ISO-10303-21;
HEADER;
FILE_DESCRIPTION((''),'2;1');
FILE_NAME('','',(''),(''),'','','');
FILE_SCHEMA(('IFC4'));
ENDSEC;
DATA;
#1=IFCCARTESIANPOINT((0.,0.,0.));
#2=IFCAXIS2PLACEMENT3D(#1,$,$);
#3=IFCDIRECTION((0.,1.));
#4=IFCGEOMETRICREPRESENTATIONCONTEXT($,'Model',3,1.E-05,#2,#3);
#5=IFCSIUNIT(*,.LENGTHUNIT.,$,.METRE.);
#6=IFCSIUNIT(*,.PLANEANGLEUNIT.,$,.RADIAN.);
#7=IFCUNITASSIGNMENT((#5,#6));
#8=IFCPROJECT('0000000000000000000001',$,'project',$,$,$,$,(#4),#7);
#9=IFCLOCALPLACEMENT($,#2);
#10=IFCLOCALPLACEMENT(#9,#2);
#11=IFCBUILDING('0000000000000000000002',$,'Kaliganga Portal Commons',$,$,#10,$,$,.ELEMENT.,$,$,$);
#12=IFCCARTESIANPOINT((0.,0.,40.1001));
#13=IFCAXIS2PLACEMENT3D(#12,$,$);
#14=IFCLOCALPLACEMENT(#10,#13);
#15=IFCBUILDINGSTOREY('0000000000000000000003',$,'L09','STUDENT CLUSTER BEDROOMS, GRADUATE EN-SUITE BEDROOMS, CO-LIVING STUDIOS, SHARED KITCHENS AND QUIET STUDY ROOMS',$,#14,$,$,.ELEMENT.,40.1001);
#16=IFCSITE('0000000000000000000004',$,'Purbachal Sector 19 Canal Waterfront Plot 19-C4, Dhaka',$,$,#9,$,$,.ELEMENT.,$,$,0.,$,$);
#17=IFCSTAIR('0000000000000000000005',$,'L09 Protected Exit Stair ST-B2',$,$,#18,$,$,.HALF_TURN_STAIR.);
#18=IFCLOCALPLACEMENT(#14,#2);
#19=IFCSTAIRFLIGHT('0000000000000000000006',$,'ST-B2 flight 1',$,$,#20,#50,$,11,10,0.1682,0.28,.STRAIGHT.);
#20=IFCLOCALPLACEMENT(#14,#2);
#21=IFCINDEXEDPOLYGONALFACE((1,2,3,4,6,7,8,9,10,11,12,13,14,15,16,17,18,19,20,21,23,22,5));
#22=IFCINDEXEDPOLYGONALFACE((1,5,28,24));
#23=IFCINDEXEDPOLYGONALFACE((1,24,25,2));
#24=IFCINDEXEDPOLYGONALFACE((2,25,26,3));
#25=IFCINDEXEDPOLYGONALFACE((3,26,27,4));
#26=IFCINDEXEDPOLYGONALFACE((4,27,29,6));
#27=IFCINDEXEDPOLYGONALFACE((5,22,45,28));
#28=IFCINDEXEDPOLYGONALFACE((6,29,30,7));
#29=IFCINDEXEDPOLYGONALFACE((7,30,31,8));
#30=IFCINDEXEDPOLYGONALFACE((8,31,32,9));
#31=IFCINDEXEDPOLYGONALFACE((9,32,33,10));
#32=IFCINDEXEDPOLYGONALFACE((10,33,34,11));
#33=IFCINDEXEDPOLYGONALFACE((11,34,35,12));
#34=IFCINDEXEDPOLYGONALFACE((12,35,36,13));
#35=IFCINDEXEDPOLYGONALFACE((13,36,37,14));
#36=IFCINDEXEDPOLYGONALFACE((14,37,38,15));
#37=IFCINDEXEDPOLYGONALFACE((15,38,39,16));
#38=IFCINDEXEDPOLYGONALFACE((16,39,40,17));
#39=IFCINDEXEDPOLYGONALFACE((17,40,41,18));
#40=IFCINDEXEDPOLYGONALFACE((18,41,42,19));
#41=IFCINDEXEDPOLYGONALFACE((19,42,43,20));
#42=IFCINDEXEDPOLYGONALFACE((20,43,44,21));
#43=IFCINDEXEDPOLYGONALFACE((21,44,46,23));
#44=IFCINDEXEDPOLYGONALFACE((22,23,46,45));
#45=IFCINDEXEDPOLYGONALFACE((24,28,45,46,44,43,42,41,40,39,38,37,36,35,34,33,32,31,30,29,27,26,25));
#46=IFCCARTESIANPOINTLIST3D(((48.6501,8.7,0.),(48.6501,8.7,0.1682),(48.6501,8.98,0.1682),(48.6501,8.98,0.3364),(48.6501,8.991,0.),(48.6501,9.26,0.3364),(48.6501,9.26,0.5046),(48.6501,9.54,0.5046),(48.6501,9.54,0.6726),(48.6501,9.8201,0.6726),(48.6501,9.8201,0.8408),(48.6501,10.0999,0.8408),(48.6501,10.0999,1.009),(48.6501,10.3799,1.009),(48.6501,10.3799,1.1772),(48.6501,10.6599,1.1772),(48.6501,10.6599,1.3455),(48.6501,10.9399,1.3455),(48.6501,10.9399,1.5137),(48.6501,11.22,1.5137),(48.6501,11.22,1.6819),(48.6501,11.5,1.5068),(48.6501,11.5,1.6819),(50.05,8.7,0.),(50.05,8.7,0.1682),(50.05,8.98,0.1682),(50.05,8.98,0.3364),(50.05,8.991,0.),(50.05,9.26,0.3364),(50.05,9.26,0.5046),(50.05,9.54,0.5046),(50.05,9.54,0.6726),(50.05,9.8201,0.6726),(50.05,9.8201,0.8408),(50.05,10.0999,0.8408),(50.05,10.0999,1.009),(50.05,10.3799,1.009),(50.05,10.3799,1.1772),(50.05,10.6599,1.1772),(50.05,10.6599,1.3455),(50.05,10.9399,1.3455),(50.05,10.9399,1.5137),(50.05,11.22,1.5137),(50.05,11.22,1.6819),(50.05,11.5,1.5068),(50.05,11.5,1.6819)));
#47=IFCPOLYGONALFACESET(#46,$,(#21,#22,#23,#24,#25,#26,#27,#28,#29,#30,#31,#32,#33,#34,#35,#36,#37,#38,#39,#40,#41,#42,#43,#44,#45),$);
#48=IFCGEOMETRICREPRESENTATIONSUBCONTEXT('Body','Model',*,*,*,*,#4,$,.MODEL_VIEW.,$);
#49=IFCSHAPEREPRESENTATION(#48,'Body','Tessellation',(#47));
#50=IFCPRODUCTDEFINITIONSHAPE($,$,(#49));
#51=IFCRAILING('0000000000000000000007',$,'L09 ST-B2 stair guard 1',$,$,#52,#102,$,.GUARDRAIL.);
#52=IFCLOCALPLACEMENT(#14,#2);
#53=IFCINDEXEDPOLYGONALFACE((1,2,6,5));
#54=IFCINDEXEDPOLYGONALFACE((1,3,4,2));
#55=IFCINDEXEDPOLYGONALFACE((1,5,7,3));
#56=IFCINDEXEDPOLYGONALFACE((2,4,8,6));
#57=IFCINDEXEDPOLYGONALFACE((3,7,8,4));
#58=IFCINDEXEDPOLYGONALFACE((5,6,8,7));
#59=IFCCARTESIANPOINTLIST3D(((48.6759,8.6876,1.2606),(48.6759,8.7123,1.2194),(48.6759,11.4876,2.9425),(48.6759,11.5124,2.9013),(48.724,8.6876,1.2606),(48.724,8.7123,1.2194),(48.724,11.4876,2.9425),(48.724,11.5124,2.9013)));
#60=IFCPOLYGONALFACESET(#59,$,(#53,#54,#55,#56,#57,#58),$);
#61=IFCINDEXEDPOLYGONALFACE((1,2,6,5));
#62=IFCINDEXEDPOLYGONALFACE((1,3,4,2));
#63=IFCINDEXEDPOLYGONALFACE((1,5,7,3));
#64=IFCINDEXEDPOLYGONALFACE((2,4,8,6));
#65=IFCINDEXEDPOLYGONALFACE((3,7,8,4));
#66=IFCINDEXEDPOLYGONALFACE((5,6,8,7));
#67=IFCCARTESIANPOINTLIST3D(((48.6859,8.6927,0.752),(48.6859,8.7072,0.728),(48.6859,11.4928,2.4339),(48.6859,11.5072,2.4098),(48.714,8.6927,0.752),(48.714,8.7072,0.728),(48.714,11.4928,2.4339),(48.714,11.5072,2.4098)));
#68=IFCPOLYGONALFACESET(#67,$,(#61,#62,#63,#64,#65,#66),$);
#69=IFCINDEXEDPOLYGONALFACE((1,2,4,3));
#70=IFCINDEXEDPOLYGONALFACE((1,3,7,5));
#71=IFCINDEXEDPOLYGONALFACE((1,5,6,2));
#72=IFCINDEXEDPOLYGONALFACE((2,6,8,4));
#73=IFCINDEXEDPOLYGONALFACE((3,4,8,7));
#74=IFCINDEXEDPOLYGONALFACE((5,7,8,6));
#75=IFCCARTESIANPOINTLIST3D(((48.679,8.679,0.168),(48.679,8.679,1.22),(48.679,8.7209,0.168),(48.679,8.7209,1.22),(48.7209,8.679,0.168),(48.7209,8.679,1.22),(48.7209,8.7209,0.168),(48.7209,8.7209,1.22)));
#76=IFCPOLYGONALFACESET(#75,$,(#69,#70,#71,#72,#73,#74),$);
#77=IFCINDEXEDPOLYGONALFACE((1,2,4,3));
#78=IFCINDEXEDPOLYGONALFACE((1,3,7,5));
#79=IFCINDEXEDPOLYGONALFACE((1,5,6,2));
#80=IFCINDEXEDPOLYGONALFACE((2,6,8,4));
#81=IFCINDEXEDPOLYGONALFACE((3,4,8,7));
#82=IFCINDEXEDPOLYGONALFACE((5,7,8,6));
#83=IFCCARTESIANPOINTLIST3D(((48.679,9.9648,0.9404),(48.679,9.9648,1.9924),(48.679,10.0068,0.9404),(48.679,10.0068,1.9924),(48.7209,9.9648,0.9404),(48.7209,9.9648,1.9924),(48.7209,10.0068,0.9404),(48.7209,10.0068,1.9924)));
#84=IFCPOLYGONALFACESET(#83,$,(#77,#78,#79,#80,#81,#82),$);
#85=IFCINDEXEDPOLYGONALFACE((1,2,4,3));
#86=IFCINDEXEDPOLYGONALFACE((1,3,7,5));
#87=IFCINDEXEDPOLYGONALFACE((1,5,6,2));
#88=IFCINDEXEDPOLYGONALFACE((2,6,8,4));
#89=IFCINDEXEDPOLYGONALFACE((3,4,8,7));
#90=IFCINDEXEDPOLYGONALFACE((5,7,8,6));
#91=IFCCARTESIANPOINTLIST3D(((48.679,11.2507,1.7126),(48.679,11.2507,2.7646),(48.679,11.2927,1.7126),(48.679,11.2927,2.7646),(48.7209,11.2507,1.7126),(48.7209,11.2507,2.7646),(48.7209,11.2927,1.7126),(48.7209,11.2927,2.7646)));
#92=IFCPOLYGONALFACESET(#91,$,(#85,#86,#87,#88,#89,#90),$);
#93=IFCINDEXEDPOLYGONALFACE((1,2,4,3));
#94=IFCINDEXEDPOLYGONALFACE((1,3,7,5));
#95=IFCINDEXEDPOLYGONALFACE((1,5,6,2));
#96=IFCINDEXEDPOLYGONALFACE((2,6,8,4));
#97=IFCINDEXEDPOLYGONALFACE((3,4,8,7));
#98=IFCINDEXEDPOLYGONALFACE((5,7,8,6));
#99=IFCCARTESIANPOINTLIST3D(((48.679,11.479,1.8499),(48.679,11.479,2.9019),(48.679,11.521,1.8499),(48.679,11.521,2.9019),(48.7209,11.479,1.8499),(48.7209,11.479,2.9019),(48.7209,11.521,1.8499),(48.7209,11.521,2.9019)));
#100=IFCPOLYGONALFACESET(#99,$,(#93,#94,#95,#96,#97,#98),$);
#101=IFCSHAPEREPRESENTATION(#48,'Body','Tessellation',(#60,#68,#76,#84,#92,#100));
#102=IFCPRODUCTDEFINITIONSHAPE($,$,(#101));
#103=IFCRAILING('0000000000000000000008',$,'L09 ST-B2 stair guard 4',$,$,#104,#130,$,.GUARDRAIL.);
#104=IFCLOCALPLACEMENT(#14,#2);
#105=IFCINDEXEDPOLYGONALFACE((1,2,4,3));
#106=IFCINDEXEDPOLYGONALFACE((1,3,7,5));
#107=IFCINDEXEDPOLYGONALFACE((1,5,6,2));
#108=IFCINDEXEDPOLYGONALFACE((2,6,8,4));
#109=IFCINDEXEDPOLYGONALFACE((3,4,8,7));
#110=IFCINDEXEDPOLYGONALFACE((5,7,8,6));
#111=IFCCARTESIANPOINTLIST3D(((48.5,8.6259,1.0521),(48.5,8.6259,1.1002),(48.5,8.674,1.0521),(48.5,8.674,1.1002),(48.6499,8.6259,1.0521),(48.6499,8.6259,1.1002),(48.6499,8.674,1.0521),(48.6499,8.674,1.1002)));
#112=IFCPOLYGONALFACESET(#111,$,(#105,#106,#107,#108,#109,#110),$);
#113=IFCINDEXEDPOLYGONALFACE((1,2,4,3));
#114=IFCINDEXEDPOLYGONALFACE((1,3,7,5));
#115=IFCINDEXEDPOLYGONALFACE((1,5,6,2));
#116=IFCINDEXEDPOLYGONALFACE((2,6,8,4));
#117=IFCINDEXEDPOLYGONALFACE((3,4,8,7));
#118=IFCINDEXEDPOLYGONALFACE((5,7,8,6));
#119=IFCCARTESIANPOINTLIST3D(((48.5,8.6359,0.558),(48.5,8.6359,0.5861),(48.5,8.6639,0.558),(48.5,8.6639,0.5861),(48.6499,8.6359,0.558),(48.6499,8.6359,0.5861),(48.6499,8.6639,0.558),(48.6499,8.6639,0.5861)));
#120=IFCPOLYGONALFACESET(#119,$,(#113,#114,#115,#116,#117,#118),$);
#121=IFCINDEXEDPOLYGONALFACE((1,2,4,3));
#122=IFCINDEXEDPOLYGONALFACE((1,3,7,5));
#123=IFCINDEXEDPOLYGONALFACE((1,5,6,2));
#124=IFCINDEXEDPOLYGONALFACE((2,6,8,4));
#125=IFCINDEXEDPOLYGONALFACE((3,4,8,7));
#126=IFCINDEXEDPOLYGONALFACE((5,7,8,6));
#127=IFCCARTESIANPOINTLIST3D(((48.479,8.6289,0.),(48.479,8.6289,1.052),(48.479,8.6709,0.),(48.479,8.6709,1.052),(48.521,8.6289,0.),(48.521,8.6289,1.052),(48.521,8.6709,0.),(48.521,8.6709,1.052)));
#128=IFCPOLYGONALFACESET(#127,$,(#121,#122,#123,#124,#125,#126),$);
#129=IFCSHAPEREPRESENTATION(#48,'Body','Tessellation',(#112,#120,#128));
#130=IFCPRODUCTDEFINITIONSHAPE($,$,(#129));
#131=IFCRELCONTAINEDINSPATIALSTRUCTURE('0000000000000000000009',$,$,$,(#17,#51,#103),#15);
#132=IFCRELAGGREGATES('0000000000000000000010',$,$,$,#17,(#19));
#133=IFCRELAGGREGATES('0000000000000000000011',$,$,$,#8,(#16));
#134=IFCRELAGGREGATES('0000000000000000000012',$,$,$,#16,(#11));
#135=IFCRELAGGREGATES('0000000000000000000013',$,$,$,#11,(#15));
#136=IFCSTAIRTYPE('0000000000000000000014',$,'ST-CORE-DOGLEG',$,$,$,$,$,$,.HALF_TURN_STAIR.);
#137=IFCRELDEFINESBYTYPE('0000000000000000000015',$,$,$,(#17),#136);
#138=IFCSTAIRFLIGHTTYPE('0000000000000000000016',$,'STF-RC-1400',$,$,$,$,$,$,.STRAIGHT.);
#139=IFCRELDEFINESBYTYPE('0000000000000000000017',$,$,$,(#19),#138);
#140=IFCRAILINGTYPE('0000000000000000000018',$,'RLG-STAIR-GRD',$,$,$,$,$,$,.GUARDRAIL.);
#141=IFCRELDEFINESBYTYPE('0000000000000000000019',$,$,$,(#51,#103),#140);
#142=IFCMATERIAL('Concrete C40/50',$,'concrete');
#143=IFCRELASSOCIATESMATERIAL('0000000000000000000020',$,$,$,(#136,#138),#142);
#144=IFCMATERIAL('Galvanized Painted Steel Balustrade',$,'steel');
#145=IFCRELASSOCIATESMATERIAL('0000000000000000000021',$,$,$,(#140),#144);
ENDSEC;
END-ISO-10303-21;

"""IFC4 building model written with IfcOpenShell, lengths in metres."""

from ifc_helpers import new_model, si_unit, direction, frame, origin, origin_2d, place, context, subcontext, project, spatial, polyline, rectangle, outline, extrude, material, type_object, element, aggregate, save


model = new_model("IFC4")

# Units and contexts
model_context = context("Model", 3, precision=1e-05, world=origin(), true_north=direction((0.0, 1.0)))
body_context = subcontext(model_context, "Body", "Model", "MODEL_VIEW")
ifc_project = project(units=[si_unit("LENGTHUNIT", "METRE"), si_unit("PLANEANGLEUNIT", "RADIAN")], contexts=[model_context])

# Site, building, storey
site_placement = place(None, origin())
site = spatial("IfcSite", under=ifc_project, at=site_placement, Name="Purbachal Sector 19 Canal Waterfront Plot 19-C4, Dhaka", CompositionType="ELEMENT", RefElevation=0.0)
building_placement = place(site_placement, origin())
building = spatial("IfcBuilding", under=site, at=building_placement, Name="Kaliganga Portal Commons", CompositionType="ELEMENT")
storey_placement = place(building_placement, frame((0.0, 0.0, 40.1001)))
storey = spatial("IfcBuildingStorey", under=building, at=storey_placement, Name="L09", Description="STUDENT CLUSTER BEDROOMS, GRADUATE EN-SUITE BEDROOMS, CO-LIVING STUDIOS, SHARED KITCHENS AND QUIET STUDY ROOMS", CompositionType="ELEMENT", Elevation=40.1001)

# Stair, stair flight
ifc_material_1 = material(Name="Concrete C40/50", Category="concrete")
stair_type = type_object("IfcStairType", Name="ST-CORE-DOGLEG", PredefinedType="HALF_TURN_STAIR", material=ifc_material_1)
stair_placement = place(storey_placement, origin())
stair = element("IfcStair", 1, at=stair_placement, inside=storey, type_object=stair_type, Name="L09 Protected Exit Stair ST-B2", PredefinedType="HALF_TURN_STAIR")
stair_flight_type = type_object("IfcStairFlightType", Name="STF-RC-1400", PredefinedType="STRAIGHT", material=ifc_material_1)
stair_flight_placement = place(storey_placement, frame((49.3501, 8.7, 0.0), z_axis=(0.0, 0.0, 1.0), x_axis=(0.0, 1.0, 0.0)))
stair_flight = element("IfcStairFlight", 2, at=stair_flight_placement, type_object=stair_flight_type, Name="ST-B2 flight 1", NumberOfRisers=11, NumberOfTreads=10, PredefinedType="STRAIGHT", RiserHeight=0.1682, TreadLength=0.28, context=body_context, shape_type="SweptSolid", body=[
    extrude(outline(polyline([(0.0, 0.0), (0.0, 0.1682), (0.28, 0.1682), (0.28, 0.3364), (0.5601, 0.3364), (0.5601, 0.5046), (0.8401, 0.5046), (0.8401, 0.6726), (1.1201, 0.6726), (1.1201, 0.8408), (1.3999, 0.8408), (1.3999, 1.009), (1.6799, 1.009), (1.6799, 1.1772), (1.96, 1.1772), (1.96, 1.3455), (2.24, 1.3455), (2.24, 1.5137), (2.52, 1.5137), (2.52, 1.6819), (2.8, 1.6819), (2.8, 1.8501), (2.8, 1.5068), (0.291, 0.0), (0.0, 0.0)])), frame((0.0, 0.7, 0.0), z_axis=(0.0, -1.0, 0.0), x_axis=(1.0, 0.0, 0.0)), (0.0, 0.0, 1.0), 1.3999),
])
aggregate(stair, [stair_flight])

# Railings
ifc_material_2 = material(Name="Galvanized Painted Steel Balustrade", Category="steel")
railing_type = type_object("IfcRailingType", Name="RLG-STAIR-GRD", PredefinedType="GUARDRAIL", material=ifc_material_2)
railing_1_placement = place(storey_placement, frame((48.7, 8.7, 0.168)))
element("IfcRailing", 3, at=railing_1_placement, inside=storey, type_object=railing_type, Name="L09 ST-B2 stair guard 1", PredefinedType="GUARDRAIL", context=body_context, shape_type="SweptSolid", body=[
    extrude(rectangle(XDim=0.0481, YDim=0.0481, at=origin_2d()), frame((0.0, 0.0, 1.072), z_axis=(0.0, 0.857242, 0.514913), x_axis=(-1.0, 0.0, 0.0)), (0.0, 0.0, 1.0), 3.2664),
    extrude(rectangle(XDim=0.0281, YDim=0.0281, at=origin_2d()), frame((0.0, 0.0, 0.572), z_axis=(0.0, 0.857242, 0.514913), x_axis=(-1.0, 0.0, 0.0)), (0.0, 0.0, 1.0), 3.2664),
    extrude(rectangle(XDim=0.042, YDim=0.042, at=origin_2d()), origin(), (0.0, 0.0, 1.0), 1.052),
    extrude(rectangle(XDim=0.042, YDim=0.042, at=origin_2d()), frame((0.0, 1.2859, 0.7725)), (0.0, 0.0, 1.0), 1.052),
    extrude(rectangle(XDim=0.042, YDim=0.042, at=origin_2d()), frame((0.0, 2.5718, 1.5447)), (0.0, 0.0, 1.0), 1.052),
    extrude(rectangle(XDim=0.042, YDim=0.042, at=origin_2d()), frame((0.0, 2.8, 1.6819)), (0.0, 0.0, 1.0), 1.052),
])
railing_2_placement = place(storey_placement, frame((48.6499, 8.6499, 0.0)))
element("IfcRailing", 4, at=railing_2_placement, inside=storey, type_object=railing_type, Name="L09 ST-B2 stair guard 4", PredefinedType="GUARDRAIL", context=body_context, shape_type="SweptSolid", body=[
    extrude(rectangle(XDim=0.0481, YDim=0.0481, at=origin_2d()), frame((0.0, 0.0, 1.0762), z_axis=(-1.0, 0.0, 0.0), x_axis=(0.0, -1.0, 0.0)), (0.0, 0.0, 1.0), 0.1499),
    extrude(rectangle(XDim=0.0281, YDim=0.0281, at=origin_2d()), frame((0.0, 0.0, 0.572), z_axis=(-1.0, 0.0, 0.0), x_axis=(0.0, -1.0, 0.0)), (0.0, 0.0, 1.0), 0.1499),
    extrude(rectangle(XDim=0.042, YDim=0.042, at=origin_2d()), frame((-0.1499, 0.0, 0.0)), (0.0, 0.0, 1.0), 1.052),
])

save(model, "model.ifc")
